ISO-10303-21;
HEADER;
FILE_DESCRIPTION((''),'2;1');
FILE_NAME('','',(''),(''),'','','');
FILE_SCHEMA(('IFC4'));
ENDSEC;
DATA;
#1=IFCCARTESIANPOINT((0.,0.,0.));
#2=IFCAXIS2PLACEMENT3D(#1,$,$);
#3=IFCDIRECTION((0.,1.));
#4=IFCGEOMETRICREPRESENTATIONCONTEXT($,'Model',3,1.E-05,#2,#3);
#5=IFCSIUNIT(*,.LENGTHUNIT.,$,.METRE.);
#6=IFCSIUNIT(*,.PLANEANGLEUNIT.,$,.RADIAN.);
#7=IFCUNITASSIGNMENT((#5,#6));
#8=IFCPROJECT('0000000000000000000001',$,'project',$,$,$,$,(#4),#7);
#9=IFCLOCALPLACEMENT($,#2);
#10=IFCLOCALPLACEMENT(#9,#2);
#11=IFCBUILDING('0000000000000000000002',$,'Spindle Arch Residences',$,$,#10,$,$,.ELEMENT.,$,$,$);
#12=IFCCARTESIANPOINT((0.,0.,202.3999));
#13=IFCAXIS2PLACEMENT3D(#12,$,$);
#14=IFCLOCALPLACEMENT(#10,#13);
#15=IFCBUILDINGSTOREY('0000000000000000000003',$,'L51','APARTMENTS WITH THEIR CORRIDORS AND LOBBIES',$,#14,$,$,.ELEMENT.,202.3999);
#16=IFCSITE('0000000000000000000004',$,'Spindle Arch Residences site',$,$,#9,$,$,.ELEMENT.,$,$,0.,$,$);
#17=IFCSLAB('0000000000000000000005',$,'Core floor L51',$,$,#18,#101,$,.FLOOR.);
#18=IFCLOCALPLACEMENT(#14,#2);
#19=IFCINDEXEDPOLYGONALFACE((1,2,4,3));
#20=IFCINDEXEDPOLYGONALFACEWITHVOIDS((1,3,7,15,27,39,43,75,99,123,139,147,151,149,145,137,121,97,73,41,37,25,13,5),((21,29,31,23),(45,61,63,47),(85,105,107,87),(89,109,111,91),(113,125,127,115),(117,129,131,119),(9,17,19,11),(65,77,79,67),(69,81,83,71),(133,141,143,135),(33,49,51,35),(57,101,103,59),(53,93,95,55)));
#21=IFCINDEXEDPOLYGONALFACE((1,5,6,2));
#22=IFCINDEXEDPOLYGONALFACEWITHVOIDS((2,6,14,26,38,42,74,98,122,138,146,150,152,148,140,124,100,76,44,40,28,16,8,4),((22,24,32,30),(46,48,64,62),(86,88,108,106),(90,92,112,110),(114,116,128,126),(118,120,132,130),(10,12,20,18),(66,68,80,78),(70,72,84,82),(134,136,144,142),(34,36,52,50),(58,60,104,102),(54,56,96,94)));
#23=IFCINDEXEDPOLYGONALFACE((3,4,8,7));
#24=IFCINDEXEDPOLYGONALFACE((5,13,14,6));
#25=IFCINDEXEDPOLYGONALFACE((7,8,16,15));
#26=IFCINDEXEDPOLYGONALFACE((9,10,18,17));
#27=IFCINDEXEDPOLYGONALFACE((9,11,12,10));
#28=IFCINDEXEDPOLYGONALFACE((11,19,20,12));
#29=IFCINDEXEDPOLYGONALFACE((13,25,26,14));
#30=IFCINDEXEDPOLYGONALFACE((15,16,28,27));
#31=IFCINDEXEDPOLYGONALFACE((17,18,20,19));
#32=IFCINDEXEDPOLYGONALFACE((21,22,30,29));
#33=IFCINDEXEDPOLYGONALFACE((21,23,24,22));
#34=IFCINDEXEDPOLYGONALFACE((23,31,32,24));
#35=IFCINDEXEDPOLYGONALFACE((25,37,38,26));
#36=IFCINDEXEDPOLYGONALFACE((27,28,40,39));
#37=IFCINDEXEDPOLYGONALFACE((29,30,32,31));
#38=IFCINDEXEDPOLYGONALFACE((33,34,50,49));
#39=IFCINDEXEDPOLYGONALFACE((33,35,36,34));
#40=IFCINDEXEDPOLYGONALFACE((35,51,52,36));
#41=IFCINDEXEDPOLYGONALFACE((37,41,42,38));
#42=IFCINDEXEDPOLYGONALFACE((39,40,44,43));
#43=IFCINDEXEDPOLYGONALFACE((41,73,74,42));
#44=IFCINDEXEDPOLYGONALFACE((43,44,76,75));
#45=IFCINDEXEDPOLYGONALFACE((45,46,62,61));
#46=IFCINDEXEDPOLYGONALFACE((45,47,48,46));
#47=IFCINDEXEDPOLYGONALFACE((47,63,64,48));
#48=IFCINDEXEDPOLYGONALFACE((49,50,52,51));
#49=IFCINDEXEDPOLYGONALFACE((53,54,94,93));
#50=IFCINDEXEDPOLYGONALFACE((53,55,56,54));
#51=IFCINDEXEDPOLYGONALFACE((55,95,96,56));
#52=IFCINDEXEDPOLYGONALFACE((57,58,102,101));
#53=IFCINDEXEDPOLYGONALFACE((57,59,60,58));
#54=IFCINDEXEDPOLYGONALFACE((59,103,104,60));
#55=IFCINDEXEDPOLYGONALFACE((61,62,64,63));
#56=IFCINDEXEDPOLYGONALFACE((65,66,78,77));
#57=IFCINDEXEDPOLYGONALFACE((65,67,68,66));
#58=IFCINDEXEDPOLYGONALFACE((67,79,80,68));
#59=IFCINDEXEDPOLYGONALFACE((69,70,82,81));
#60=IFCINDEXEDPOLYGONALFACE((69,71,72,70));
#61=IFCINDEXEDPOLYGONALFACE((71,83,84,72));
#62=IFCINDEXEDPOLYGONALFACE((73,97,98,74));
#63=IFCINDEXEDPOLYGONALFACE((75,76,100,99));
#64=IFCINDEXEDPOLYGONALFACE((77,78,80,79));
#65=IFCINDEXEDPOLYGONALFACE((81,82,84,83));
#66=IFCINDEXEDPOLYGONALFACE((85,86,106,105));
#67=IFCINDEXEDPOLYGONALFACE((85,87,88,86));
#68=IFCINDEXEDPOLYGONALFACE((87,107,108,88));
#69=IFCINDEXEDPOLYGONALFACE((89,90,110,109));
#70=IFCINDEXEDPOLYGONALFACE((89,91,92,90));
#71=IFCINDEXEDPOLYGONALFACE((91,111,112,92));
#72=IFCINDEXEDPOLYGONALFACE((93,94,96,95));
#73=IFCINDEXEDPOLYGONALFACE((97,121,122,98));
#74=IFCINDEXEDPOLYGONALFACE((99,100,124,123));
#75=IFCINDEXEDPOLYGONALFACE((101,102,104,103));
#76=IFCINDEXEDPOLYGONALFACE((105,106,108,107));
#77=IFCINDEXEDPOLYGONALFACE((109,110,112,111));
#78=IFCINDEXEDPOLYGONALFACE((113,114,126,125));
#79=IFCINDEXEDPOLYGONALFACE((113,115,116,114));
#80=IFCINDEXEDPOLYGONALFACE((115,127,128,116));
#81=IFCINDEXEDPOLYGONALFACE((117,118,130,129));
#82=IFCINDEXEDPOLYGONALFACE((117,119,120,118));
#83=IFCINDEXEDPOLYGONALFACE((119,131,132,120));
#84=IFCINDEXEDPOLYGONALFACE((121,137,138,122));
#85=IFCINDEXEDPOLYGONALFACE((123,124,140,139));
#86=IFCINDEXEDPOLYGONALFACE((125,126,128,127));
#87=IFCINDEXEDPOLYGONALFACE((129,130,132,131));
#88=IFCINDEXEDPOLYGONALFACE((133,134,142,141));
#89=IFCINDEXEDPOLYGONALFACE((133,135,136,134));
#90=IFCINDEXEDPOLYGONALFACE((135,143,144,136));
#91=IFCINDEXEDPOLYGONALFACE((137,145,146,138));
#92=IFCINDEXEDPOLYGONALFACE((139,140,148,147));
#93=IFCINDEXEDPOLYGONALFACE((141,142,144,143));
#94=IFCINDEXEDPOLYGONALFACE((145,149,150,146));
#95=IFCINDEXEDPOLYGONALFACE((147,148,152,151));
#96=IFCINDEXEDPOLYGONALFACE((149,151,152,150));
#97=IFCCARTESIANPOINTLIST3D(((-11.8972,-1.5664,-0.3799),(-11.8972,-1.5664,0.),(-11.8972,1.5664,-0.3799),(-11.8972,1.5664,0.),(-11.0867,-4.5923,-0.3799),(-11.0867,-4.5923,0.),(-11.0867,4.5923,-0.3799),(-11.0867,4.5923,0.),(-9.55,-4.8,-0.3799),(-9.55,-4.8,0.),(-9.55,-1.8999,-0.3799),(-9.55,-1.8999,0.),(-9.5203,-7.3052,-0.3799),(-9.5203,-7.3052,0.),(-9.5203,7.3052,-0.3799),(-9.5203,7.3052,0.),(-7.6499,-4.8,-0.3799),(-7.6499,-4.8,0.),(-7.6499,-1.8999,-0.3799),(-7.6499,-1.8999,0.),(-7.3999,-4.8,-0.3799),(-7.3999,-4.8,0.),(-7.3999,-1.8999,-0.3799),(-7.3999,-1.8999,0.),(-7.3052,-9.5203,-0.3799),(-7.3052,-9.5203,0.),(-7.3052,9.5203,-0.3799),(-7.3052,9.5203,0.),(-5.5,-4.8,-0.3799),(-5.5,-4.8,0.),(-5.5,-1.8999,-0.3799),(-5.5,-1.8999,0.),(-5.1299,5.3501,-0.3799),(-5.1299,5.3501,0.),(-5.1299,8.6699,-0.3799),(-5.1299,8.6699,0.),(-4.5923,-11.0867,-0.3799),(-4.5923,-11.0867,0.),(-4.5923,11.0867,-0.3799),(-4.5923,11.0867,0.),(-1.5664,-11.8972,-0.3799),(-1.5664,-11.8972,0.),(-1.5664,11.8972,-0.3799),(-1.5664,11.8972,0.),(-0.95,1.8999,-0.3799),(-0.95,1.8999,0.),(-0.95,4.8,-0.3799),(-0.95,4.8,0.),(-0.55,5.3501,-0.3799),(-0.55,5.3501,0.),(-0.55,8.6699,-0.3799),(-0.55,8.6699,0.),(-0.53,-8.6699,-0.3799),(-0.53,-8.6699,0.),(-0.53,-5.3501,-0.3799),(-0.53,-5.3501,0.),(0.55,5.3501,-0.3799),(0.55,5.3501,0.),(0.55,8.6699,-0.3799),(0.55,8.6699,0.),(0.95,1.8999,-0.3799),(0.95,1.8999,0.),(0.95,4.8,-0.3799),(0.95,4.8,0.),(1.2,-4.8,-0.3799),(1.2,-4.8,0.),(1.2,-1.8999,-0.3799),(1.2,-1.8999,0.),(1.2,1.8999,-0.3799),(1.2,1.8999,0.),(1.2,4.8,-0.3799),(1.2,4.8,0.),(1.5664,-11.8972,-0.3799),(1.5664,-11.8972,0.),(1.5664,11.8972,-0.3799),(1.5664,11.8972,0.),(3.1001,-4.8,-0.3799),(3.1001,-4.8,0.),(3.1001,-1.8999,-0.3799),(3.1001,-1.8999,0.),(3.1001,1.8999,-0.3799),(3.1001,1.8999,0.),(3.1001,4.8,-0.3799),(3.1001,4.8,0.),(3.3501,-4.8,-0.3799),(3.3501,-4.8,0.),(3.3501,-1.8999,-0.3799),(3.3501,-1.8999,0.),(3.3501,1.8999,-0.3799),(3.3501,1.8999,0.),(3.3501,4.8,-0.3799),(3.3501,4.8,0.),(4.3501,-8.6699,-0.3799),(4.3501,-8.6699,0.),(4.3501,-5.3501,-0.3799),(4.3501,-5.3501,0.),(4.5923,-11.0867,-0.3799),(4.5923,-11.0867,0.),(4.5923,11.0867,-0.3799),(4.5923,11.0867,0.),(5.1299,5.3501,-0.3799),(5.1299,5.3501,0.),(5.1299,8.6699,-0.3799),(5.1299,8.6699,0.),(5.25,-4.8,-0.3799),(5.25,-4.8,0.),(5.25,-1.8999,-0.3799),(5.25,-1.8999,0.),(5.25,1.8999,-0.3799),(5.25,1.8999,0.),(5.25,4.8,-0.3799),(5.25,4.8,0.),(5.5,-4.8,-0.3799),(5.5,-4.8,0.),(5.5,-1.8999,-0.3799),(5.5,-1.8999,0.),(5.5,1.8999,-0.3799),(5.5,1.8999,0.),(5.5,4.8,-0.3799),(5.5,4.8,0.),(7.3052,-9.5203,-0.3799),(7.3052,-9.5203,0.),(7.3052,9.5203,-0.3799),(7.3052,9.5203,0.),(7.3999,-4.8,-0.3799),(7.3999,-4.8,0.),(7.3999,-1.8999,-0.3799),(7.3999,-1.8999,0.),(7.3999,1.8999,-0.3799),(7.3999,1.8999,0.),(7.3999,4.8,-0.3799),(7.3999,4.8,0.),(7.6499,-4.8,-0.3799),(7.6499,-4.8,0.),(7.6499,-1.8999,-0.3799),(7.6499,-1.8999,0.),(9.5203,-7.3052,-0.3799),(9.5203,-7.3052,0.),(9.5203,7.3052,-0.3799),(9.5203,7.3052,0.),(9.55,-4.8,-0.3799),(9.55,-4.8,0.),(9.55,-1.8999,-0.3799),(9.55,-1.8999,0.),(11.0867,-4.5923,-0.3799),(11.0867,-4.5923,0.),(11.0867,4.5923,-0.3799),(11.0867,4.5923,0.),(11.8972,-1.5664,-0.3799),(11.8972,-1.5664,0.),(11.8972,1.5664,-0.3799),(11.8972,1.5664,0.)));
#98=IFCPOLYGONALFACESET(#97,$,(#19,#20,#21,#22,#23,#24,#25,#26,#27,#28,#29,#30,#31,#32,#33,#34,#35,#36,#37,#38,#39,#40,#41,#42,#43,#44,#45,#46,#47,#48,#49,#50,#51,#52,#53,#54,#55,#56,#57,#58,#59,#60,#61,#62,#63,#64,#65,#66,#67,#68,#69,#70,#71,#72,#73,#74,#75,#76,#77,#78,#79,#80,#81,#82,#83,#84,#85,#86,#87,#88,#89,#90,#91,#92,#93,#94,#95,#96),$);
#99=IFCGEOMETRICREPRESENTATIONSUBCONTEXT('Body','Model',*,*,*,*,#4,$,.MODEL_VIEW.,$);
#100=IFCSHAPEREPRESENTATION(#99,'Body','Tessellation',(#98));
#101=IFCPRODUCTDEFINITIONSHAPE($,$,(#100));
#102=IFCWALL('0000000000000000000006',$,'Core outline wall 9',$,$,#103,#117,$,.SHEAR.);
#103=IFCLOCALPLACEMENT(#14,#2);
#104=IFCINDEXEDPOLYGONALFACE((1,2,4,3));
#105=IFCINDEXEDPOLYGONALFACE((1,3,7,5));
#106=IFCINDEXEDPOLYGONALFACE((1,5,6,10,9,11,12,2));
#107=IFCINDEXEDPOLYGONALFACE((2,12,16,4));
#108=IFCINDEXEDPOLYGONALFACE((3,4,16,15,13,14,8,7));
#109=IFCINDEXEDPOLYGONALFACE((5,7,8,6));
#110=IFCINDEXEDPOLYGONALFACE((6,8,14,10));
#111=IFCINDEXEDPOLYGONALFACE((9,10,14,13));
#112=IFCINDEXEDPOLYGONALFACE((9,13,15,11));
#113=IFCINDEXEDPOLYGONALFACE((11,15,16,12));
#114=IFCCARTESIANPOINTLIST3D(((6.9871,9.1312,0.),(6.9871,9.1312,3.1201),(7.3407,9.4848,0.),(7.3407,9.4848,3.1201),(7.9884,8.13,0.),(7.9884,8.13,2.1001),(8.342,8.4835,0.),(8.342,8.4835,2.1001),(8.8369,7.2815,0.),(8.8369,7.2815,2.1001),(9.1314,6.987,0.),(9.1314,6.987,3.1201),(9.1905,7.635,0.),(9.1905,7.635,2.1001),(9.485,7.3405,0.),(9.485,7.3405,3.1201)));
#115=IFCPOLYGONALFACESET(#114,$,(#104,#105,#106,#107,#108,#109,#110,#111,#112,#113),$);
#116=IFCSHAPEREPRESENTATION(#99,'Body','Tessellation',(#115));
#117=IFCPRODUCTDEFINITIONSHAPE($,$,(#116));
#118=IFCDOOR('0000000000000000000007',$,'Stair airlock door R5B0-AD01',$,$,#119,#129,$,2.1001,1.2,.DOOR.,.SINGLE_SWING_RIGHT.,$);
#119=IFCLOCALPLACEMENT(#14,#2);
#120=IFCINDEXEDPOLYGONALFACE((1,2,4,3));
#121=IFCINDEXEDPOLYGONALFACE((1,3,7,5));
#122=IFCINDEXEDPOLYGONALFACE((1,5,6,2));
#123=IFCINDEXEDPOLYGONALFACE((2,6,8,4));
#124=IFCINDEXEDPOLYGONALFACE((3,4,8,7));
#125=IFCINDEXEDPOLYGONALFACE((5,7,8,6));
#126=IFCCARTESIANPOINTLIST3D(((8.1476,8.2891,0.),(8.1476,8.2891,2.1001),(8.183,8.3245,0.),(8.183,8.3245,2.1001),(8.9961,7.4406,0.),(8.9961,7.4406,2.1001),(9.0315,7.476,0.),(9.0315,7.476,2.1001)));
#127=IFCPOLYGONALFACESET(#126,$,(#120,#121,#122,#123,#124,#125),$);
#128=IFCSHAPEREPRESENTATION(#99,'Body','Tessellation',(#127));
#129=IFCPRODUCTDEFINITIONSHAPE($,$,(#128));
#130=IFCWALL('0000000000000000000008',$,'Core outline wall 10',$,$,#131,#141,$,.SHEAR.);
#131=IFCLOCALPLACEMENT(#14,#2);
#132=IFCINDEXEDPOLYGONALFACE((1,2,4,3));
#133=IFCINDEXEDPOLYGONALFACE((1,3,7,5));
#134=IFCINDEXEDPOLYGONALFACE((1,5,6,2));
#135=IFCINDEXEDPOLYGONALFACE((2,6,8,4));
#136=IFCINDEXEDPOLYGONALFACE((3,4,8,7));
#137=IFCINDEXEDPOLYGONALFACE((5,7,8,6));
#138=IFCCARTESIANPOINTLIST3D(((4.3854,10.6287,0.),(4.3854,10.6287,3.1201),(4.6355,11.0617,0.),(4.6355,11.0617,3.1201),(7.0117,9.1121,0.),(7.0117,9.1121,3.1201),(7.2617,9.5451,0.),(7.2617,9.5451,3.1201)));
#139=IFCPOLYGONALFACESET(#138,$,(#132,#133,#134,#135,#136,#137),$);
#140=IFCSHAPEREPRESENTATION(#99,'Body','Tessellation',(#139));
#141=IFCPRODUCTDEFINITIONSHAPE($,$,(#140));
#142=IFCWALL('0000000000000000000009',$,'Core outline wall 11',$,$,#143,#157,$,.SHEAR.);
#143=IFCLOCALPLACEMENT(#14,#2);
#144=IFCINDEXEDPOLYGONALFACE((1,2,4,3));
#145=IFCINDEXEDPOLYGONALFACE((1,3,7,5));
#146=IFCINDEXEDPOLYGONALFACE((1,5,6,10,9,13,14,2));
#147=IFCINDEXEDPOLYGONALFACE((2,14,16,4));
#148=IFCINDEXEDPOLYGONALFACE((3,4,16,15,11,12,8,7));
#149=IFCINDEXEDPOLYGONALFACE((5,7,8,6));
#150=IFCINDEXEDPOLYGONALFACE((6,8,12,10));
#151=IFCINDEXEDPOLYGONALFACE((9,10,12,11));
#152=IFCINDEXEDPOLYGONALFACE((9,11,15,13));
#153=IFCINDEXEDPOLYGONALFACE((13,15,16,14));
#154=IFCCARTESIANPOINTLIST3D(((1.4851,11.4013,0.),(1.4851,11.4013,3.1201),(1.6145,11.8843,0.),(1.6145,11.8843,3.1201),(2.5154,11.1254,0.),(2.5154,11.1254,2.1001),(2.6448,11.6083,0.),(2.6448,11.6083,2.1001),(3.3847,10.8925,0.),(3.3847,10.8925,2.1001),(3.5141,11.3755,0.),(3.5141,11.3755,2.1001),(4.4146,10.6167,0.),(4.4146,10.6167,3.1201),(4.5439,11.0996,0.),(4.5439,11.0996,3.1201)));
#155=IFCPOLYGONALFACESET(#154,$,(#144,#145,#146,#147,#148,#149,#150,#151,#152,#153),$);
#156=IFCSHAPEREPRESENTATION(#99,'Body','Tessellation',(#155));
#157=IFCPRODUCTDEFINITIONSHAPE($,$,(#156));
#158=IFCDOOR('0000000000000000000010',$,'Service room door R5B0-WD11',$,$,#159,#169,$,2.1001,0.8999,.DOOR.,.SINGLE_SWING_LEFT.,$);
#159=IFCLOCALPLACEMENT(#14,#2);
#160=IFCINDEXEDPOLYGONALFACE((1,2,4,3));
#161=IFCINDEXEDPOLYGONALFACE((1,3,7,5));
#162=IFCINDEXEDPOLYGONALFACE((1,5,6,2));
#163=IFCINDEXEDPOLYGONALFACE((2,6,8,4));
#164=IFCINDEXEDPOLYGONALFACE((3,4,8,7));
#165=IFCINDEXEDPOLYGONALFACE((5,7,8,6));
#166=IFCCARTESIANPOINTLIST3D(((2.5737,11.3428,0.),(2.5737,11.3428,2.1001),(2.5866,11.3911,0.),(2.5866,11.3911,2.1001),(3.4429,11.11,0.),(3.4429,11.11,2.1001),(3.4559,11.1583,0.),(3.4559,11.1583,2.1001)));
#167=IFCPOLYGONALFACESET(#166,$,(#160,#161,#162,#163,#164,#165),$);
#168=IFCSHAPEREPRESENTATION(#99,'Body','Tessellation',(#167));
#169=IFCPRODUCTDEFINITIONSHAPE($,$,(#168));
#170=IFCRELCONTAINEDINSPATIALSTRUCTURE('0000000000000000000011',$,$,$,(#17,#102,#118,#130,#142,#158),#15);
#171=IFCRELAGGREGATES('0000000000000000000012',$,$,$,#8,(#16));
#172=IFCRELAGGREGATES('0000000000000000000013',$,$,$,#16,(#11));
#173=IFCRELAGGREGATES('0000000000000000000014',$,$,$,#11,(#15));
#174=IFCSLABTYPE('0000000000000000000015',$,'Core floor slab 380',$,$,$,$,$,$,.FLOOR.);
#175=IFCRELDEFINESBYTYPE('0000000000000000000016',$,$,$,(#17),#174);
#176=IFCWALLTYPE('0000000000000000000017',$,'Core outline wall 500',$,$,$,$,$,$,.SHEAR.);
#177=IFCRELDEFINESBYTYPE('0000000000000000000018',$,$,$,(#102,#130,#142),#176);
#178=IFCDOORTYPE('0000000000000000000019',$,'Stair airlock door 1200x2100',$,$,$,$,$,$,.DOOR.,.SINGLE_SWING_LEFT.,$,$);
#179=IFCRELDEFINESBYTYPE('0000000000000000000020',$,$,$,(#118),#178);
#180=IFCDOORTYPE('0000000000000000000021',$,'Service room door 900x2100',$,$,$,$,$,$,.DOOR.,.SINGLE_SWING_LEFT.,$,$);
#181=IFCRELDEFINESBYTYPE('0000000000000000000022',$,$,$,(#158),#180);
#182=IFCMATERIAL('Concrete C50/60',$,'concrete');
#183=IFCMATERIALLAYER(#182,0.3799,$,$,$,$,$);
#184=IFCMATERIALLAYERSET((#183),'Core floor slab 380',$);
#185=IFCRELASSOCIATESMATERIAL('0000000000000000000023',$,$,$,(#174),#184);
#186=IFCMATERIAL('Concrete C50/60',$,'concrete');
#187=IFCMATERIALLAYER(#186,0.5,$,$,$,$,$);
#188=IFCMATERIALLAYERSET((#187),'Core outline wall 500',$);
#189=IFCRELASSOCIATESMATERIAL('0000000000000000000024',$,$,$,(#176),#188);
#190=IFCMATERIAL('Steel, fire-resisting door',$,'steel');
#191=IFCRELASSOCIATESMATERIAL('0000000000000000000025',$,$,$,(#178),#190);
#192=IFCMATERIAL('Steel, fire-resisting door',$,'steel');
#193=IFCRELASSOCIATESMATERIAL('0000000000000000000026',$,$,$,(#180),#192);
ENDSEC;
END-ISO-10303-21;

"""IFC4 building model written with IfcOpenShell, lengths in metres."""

from ifc_helpers import new_model, si_unit, direction, frame, frame_2d, origin, place, context, subcontext, project, spatial, polyline, rectangle, outline, extrude, material, layer, layer_set, type_object, element, fill, save


model = new_model("IFC4")

# Units and contexts
model_context = context("Model", 3, precision=1e-05, world=origin(), true_north=direction((0.0, 1.0)))
body_context = subcontext(model_context, "Body", "Model", "MODEL_VIEW")
ifc_project = project(units=[si_unit("LENGTHUNIT", "METRE"), si_unit("PLANEANGLEUNIT", "RADIAN")], contexts=[model_context])

# Site, building, storey
site_placement = place(None, origin())
site = spatial("IfcSite", under=ifc_project, at=site_placement, Name="Spindle Arch Residences site", CompositionType="ELEMENT", RefElevation=0.0)
building_placement = place(site_placement, origin())
building = spatial("IfcBuilding", under=site, at=building_placement, Name="Spindle Arch Residences", CompositionType="ELEMENT")
storey_placement = place(building_placement, frame((0.0, 0.0, 202.3999)))
storey = spatial("IfcBuildingStorey", under=building, at=storey_placement, Name="L51", Description="APARTMENTS WITH THEIR CORRIDORS AND LOBBIES", CompositionType="ELEMENT", Elevation=202.3999)

# Slab
ifc_material_1 = material(Name="Concrete C50/60", Category="concrete")
ifc_layer_1 = layer(ifc_material_1, 0.3799)
ifc_layer_set_1 = layer_set([ifc_layer_1], Name="Core floor slab 380")
slab_type = type_object("IfcSlabType", Name="Core floor slab 380", PredefinedType="FLOOR", material=ifc_layer_set_1)
slab_placement = place(storey_placement, frame((0.0, 0.0, -0.3799)))
element("IfcSlab", 1, at=slab_placement, inside=storey, type_object=slab_type, Name="Core floor L51", PredefinedType="FLOOR", context=body_context, shape_type="SweptSolid", body=[
    extrude(outline(polyline([(1.5664, -11.8972), (4.5923, -11.0867), (7.3052, -9.5203), (9.5203, -7.3052), (11.0867, -4.5923), (11.8972, -1.5664), (11.8972, 1.5664), (11.0867, 4.5923), (9.5203, 7.3052), (7.3052, 9.5203), (4.5923, 11.0867), (1.5664, 11.8972), (-1.5664, 11.8972), (-4.5923, 11.0867), (-7.3052, 9.5203), (-9.5203, 7.3052), (-11.0867, 4.5923), (-11.8972, 1.5664), (-11.8972, -1.5664), (-11.0867, -4.5923), (-9.5203, -7.3052), (-7.3052, -9.5203), (-4.5923, -11.0867), (-1.5664, -11.8972), (1.5664, -11.8972)]), holes=[polyline([(-0.95, 1.8999), (0.95, 1.8999), (0.95, 4.8), (-0.95, 4.8), (-0.95, 1.8999)]), polyline([(1.2, 1.8999), (3.1001, 1.8999), (3.1001, 4.8), (1.2, 4.8), (1.2, 1.8999)]), polyline([(3.3501, 1.8999), (5.25, 1.8999), (5.25, 4.8), (3.3501, 4.8), (3.3501, 1.8999)]), polyline([(5.5, 1.8999), (7.3999, 1.8999), (7.3999, 4.8), (5.5, 4.8), (5.5, 1.8999)]), polyline([(-9.55, -4.8), (-7.6499, -4.8), (-7.6499, -1.8999), (-9.55, -1.8999), (-9.55, -4.8)]), polyline([(-7.3999, -4.8), (-5.5, -4.8), (-5.5, -1.8999), (-7.3999, -1.8999), (-7.3999, -4.8)]), polyline([(1.2, -4.8), (3.1001, -4.8), (3.1001, -1.8999), (1.2, -1.8999), (1.2, -4.8)]), polyline([(3.3501, -4.8), (5.25, -4.8), (5.25, -1.8999), (3.3501, -1.8999), (3.3501, -4.8)]), polyline([(5.5, -4.8), (7.3999, -4.8), (7.3999, -1.8999), (5.5, -1.8999), (5.5, -4.8)]), polyline([(7.6499, -4.8), (9.55, -4.8), (9.55, -1.8999), (7.6499, -1.8999), (7.6499, -4.8)]), polyline([(5.1299, 8.6699), (0.55, 8.6699), (0.55, 5.3501), (5.1299, 5.3501), (5.1299, 8.6699)]), polyline([(-5.1299, 5.3501), (-0.55, 5.3501), (-0.55, 8.6699), (-5.1299, 8.6699), (-5.1299, 5.3501)]), polyline([(-0.53, -8.6699), (4.3501, -8.6699), (4.3501, -5.3501), (-0.53, -5.3501), (-0.53, -8.6699)])]), origin(), (0.0, 0.0, 1.0), 0.3799),
])

# Wall, opening, door
ifc_material_2 = material(Name="Concrete C50/60", Category="concrete")
ifc_layer_2 = layer(ifc_material_2, 0.5)
ifc_layer_set_2 = layer_set([ifc_layer_2], Name="Core outline wall 500")
wall_type_1 = type_object("IfcWallType", Name="Core outline wall 500", PredefinedType="SHEAR", material=ifc_layer_set_2)
wall_1_placement = place(storey_placement, frame((9.3081, 7.1638, 0.0), z_axis=(0.0, 0.0, 1.0), x_axis=(-0.707107, 0.707107, 0.0)))
wall_1 = element("IfcWall", 2, at=wall_1_placement, inside=storey, type_object=wall_type_1, Name="Core outline wall 9", PredefinedType="SHEAR", context=body_context, shape_type="SweptSolid", body=[
    extrude(rectangle(XDim=3.0325, YDim=0.5, at=frame_2d((1.5161, 0.0))), origin(), (0.0, 0.0, 1.0), 3.1201),
])
opening_1_placement = place(wall_1_placement, frame((0.4163, 0.0, 0.0)))
opening_1 = element("IfcOpeningElement", 3, at=opening_1_placement, cuts=wall_1, PredefinedType="OPENING", context=body_context, shape_type="SweptSolid", body=[
    extrude(rectangle(XDim=1.2, YDim=2.1001, at=frame_2d((0.6001, 1.05))), frame((0.0, 0.26, 0.0), z_axis=(0.0, -1.0, 0.0), x_axis=(1.0, 0.0, 0.0)), (0.0, 0.0, 1.0), 0.52),
])
ifc_material_3 = material(Name="Steel, fire-resisting door", Category="steel")
door_type_1 = type_object("IfcDoorType", Name="Stair airlock door 1200x2100", OperationType="SINGLE_SWING_LEFT", PredefinedType="DOOR", material=ifc_material_3)
door_1_placement = place(opening_1_placement, origin())
door_1 = element("IfcDoor", 4, at=door_1_placement, inside=storey, type_object=door_type_1, Name="Stair airlock door R5B0-AD01", OperationType="SINGLE_SWING_RIGHT", OverallHeight=2.1001, OverallWidth=1.2, PredefinedType="DOOR", context=body_context, shape_type="SweptSolid", body=[
    extrude(rectangle(XDim=1.2, YDim=2.1001, at=frame_2d((0.6001, 1.05))), frame((0.0, 0.0249, 0.0), z_axis=(0.0, -1.0, 0.0), x_axis=(1.0, 0.0, 0.0)), (0.0, 0.0, 1.0), 0.05),
])
fill(opening_1, door_1)

# Wall
wall_2_placement = place(storey_placement, frame((7.1367, 9.3286, 0.0), z_axis=(0.0, 0.0, 1.0), x_axis=(-0.865975, 0.500087, 0.0)))
element("IfcWall", 5, at=wall_2_placement, inside=storey, type_object=wall_type_1, Name="Core outline wall 10", PredefinedType="SHEAR", context=body_context, shape_type="SweptSolid", body=[
    extrude(rectangle(XDim=3.0327, YDim=0.5, at=frame_2d((1.5164, 0.0))), origin(), (0.0, 0.0, 1.0), 3.1201),
])

# Wall, opening, door
wall_3_placement = place(storey_placement, frame((4.4792, 10.8582, 0.0), z_axis=(0.0, 0.0, 1.0), x_axis=(-0.965948, 0.258735, 0.0)))
wall_3 = element("IfcWall", 6, at=wall_3_placement, inside=storey, type_object=wall_type_1, Name="Core outline wall 11", PredefinedType="SHEAR", context=body_context, shape_type="SweptSolid", body=[
    extrude(rectangle(XDim=3.0327, YDim=0.5, at=frame_2d((1.5164, 0.0))), origin(), (0.0, 0.0, 1.0), 3.1201),
])
opening_2_placement = place(wall_3_placement, frame((1.0662, 0.0, 0.0)))
opening_2 = element("IfcOpeningElement", 7, at=opening_2_placement, cuts=wall_3, PredefinedType="OPENING", context=body_context, shape_type="SweptSolid", body=[
    extrude(rectangle(XDim=0.8999, YDim=2.1001, at=frame_2d((0.45, 1.05))), frame((0.0, 0.26, 0.0), z_axis=(0.0, -1.0, 0.0), x_axis=(1.0, 0.0, 0.0)), (0.0, 0.0, 1.0), 0.52),
])
ifc_material_4 = material(Name="Steel, fire-resisting door", Category="steel")
door_type_2 = type_object("IfcDoorType", Name="Service room door 900x2100", OperationType="SINGLE_SWING_LEFT", PredefinedType="DOOR", material=ifc_material_4)
door_2_placement = place(opening_2_placement, origin())
door_2 = element("IfcDoor", 8, at=door_2_placement, inside=storey, type_object=door_type_2, Name="Service room door R5B0-WD11", OperationType="SINGLE_SWING_LEFT", OverallHeight=2.1001, OverallWidth=0.8999, PredefinedType="DOOR", context=body_context, shape_type="SweptSolid", body=[
    extrude(rectangle(XDim=0.8999, YDim=2.1001, at=frame_2d((0.45, 1.05))), frame((0.0, 0.0249, 0.0), z_axis=(0.0, -1.0, 0.0), x_axis=(1.0, 0.0, 0.0)), (0.0, 0.0, 1.0), 0.05),
])
fill(opening_2, door_2)

save(model, "model.ifc")
